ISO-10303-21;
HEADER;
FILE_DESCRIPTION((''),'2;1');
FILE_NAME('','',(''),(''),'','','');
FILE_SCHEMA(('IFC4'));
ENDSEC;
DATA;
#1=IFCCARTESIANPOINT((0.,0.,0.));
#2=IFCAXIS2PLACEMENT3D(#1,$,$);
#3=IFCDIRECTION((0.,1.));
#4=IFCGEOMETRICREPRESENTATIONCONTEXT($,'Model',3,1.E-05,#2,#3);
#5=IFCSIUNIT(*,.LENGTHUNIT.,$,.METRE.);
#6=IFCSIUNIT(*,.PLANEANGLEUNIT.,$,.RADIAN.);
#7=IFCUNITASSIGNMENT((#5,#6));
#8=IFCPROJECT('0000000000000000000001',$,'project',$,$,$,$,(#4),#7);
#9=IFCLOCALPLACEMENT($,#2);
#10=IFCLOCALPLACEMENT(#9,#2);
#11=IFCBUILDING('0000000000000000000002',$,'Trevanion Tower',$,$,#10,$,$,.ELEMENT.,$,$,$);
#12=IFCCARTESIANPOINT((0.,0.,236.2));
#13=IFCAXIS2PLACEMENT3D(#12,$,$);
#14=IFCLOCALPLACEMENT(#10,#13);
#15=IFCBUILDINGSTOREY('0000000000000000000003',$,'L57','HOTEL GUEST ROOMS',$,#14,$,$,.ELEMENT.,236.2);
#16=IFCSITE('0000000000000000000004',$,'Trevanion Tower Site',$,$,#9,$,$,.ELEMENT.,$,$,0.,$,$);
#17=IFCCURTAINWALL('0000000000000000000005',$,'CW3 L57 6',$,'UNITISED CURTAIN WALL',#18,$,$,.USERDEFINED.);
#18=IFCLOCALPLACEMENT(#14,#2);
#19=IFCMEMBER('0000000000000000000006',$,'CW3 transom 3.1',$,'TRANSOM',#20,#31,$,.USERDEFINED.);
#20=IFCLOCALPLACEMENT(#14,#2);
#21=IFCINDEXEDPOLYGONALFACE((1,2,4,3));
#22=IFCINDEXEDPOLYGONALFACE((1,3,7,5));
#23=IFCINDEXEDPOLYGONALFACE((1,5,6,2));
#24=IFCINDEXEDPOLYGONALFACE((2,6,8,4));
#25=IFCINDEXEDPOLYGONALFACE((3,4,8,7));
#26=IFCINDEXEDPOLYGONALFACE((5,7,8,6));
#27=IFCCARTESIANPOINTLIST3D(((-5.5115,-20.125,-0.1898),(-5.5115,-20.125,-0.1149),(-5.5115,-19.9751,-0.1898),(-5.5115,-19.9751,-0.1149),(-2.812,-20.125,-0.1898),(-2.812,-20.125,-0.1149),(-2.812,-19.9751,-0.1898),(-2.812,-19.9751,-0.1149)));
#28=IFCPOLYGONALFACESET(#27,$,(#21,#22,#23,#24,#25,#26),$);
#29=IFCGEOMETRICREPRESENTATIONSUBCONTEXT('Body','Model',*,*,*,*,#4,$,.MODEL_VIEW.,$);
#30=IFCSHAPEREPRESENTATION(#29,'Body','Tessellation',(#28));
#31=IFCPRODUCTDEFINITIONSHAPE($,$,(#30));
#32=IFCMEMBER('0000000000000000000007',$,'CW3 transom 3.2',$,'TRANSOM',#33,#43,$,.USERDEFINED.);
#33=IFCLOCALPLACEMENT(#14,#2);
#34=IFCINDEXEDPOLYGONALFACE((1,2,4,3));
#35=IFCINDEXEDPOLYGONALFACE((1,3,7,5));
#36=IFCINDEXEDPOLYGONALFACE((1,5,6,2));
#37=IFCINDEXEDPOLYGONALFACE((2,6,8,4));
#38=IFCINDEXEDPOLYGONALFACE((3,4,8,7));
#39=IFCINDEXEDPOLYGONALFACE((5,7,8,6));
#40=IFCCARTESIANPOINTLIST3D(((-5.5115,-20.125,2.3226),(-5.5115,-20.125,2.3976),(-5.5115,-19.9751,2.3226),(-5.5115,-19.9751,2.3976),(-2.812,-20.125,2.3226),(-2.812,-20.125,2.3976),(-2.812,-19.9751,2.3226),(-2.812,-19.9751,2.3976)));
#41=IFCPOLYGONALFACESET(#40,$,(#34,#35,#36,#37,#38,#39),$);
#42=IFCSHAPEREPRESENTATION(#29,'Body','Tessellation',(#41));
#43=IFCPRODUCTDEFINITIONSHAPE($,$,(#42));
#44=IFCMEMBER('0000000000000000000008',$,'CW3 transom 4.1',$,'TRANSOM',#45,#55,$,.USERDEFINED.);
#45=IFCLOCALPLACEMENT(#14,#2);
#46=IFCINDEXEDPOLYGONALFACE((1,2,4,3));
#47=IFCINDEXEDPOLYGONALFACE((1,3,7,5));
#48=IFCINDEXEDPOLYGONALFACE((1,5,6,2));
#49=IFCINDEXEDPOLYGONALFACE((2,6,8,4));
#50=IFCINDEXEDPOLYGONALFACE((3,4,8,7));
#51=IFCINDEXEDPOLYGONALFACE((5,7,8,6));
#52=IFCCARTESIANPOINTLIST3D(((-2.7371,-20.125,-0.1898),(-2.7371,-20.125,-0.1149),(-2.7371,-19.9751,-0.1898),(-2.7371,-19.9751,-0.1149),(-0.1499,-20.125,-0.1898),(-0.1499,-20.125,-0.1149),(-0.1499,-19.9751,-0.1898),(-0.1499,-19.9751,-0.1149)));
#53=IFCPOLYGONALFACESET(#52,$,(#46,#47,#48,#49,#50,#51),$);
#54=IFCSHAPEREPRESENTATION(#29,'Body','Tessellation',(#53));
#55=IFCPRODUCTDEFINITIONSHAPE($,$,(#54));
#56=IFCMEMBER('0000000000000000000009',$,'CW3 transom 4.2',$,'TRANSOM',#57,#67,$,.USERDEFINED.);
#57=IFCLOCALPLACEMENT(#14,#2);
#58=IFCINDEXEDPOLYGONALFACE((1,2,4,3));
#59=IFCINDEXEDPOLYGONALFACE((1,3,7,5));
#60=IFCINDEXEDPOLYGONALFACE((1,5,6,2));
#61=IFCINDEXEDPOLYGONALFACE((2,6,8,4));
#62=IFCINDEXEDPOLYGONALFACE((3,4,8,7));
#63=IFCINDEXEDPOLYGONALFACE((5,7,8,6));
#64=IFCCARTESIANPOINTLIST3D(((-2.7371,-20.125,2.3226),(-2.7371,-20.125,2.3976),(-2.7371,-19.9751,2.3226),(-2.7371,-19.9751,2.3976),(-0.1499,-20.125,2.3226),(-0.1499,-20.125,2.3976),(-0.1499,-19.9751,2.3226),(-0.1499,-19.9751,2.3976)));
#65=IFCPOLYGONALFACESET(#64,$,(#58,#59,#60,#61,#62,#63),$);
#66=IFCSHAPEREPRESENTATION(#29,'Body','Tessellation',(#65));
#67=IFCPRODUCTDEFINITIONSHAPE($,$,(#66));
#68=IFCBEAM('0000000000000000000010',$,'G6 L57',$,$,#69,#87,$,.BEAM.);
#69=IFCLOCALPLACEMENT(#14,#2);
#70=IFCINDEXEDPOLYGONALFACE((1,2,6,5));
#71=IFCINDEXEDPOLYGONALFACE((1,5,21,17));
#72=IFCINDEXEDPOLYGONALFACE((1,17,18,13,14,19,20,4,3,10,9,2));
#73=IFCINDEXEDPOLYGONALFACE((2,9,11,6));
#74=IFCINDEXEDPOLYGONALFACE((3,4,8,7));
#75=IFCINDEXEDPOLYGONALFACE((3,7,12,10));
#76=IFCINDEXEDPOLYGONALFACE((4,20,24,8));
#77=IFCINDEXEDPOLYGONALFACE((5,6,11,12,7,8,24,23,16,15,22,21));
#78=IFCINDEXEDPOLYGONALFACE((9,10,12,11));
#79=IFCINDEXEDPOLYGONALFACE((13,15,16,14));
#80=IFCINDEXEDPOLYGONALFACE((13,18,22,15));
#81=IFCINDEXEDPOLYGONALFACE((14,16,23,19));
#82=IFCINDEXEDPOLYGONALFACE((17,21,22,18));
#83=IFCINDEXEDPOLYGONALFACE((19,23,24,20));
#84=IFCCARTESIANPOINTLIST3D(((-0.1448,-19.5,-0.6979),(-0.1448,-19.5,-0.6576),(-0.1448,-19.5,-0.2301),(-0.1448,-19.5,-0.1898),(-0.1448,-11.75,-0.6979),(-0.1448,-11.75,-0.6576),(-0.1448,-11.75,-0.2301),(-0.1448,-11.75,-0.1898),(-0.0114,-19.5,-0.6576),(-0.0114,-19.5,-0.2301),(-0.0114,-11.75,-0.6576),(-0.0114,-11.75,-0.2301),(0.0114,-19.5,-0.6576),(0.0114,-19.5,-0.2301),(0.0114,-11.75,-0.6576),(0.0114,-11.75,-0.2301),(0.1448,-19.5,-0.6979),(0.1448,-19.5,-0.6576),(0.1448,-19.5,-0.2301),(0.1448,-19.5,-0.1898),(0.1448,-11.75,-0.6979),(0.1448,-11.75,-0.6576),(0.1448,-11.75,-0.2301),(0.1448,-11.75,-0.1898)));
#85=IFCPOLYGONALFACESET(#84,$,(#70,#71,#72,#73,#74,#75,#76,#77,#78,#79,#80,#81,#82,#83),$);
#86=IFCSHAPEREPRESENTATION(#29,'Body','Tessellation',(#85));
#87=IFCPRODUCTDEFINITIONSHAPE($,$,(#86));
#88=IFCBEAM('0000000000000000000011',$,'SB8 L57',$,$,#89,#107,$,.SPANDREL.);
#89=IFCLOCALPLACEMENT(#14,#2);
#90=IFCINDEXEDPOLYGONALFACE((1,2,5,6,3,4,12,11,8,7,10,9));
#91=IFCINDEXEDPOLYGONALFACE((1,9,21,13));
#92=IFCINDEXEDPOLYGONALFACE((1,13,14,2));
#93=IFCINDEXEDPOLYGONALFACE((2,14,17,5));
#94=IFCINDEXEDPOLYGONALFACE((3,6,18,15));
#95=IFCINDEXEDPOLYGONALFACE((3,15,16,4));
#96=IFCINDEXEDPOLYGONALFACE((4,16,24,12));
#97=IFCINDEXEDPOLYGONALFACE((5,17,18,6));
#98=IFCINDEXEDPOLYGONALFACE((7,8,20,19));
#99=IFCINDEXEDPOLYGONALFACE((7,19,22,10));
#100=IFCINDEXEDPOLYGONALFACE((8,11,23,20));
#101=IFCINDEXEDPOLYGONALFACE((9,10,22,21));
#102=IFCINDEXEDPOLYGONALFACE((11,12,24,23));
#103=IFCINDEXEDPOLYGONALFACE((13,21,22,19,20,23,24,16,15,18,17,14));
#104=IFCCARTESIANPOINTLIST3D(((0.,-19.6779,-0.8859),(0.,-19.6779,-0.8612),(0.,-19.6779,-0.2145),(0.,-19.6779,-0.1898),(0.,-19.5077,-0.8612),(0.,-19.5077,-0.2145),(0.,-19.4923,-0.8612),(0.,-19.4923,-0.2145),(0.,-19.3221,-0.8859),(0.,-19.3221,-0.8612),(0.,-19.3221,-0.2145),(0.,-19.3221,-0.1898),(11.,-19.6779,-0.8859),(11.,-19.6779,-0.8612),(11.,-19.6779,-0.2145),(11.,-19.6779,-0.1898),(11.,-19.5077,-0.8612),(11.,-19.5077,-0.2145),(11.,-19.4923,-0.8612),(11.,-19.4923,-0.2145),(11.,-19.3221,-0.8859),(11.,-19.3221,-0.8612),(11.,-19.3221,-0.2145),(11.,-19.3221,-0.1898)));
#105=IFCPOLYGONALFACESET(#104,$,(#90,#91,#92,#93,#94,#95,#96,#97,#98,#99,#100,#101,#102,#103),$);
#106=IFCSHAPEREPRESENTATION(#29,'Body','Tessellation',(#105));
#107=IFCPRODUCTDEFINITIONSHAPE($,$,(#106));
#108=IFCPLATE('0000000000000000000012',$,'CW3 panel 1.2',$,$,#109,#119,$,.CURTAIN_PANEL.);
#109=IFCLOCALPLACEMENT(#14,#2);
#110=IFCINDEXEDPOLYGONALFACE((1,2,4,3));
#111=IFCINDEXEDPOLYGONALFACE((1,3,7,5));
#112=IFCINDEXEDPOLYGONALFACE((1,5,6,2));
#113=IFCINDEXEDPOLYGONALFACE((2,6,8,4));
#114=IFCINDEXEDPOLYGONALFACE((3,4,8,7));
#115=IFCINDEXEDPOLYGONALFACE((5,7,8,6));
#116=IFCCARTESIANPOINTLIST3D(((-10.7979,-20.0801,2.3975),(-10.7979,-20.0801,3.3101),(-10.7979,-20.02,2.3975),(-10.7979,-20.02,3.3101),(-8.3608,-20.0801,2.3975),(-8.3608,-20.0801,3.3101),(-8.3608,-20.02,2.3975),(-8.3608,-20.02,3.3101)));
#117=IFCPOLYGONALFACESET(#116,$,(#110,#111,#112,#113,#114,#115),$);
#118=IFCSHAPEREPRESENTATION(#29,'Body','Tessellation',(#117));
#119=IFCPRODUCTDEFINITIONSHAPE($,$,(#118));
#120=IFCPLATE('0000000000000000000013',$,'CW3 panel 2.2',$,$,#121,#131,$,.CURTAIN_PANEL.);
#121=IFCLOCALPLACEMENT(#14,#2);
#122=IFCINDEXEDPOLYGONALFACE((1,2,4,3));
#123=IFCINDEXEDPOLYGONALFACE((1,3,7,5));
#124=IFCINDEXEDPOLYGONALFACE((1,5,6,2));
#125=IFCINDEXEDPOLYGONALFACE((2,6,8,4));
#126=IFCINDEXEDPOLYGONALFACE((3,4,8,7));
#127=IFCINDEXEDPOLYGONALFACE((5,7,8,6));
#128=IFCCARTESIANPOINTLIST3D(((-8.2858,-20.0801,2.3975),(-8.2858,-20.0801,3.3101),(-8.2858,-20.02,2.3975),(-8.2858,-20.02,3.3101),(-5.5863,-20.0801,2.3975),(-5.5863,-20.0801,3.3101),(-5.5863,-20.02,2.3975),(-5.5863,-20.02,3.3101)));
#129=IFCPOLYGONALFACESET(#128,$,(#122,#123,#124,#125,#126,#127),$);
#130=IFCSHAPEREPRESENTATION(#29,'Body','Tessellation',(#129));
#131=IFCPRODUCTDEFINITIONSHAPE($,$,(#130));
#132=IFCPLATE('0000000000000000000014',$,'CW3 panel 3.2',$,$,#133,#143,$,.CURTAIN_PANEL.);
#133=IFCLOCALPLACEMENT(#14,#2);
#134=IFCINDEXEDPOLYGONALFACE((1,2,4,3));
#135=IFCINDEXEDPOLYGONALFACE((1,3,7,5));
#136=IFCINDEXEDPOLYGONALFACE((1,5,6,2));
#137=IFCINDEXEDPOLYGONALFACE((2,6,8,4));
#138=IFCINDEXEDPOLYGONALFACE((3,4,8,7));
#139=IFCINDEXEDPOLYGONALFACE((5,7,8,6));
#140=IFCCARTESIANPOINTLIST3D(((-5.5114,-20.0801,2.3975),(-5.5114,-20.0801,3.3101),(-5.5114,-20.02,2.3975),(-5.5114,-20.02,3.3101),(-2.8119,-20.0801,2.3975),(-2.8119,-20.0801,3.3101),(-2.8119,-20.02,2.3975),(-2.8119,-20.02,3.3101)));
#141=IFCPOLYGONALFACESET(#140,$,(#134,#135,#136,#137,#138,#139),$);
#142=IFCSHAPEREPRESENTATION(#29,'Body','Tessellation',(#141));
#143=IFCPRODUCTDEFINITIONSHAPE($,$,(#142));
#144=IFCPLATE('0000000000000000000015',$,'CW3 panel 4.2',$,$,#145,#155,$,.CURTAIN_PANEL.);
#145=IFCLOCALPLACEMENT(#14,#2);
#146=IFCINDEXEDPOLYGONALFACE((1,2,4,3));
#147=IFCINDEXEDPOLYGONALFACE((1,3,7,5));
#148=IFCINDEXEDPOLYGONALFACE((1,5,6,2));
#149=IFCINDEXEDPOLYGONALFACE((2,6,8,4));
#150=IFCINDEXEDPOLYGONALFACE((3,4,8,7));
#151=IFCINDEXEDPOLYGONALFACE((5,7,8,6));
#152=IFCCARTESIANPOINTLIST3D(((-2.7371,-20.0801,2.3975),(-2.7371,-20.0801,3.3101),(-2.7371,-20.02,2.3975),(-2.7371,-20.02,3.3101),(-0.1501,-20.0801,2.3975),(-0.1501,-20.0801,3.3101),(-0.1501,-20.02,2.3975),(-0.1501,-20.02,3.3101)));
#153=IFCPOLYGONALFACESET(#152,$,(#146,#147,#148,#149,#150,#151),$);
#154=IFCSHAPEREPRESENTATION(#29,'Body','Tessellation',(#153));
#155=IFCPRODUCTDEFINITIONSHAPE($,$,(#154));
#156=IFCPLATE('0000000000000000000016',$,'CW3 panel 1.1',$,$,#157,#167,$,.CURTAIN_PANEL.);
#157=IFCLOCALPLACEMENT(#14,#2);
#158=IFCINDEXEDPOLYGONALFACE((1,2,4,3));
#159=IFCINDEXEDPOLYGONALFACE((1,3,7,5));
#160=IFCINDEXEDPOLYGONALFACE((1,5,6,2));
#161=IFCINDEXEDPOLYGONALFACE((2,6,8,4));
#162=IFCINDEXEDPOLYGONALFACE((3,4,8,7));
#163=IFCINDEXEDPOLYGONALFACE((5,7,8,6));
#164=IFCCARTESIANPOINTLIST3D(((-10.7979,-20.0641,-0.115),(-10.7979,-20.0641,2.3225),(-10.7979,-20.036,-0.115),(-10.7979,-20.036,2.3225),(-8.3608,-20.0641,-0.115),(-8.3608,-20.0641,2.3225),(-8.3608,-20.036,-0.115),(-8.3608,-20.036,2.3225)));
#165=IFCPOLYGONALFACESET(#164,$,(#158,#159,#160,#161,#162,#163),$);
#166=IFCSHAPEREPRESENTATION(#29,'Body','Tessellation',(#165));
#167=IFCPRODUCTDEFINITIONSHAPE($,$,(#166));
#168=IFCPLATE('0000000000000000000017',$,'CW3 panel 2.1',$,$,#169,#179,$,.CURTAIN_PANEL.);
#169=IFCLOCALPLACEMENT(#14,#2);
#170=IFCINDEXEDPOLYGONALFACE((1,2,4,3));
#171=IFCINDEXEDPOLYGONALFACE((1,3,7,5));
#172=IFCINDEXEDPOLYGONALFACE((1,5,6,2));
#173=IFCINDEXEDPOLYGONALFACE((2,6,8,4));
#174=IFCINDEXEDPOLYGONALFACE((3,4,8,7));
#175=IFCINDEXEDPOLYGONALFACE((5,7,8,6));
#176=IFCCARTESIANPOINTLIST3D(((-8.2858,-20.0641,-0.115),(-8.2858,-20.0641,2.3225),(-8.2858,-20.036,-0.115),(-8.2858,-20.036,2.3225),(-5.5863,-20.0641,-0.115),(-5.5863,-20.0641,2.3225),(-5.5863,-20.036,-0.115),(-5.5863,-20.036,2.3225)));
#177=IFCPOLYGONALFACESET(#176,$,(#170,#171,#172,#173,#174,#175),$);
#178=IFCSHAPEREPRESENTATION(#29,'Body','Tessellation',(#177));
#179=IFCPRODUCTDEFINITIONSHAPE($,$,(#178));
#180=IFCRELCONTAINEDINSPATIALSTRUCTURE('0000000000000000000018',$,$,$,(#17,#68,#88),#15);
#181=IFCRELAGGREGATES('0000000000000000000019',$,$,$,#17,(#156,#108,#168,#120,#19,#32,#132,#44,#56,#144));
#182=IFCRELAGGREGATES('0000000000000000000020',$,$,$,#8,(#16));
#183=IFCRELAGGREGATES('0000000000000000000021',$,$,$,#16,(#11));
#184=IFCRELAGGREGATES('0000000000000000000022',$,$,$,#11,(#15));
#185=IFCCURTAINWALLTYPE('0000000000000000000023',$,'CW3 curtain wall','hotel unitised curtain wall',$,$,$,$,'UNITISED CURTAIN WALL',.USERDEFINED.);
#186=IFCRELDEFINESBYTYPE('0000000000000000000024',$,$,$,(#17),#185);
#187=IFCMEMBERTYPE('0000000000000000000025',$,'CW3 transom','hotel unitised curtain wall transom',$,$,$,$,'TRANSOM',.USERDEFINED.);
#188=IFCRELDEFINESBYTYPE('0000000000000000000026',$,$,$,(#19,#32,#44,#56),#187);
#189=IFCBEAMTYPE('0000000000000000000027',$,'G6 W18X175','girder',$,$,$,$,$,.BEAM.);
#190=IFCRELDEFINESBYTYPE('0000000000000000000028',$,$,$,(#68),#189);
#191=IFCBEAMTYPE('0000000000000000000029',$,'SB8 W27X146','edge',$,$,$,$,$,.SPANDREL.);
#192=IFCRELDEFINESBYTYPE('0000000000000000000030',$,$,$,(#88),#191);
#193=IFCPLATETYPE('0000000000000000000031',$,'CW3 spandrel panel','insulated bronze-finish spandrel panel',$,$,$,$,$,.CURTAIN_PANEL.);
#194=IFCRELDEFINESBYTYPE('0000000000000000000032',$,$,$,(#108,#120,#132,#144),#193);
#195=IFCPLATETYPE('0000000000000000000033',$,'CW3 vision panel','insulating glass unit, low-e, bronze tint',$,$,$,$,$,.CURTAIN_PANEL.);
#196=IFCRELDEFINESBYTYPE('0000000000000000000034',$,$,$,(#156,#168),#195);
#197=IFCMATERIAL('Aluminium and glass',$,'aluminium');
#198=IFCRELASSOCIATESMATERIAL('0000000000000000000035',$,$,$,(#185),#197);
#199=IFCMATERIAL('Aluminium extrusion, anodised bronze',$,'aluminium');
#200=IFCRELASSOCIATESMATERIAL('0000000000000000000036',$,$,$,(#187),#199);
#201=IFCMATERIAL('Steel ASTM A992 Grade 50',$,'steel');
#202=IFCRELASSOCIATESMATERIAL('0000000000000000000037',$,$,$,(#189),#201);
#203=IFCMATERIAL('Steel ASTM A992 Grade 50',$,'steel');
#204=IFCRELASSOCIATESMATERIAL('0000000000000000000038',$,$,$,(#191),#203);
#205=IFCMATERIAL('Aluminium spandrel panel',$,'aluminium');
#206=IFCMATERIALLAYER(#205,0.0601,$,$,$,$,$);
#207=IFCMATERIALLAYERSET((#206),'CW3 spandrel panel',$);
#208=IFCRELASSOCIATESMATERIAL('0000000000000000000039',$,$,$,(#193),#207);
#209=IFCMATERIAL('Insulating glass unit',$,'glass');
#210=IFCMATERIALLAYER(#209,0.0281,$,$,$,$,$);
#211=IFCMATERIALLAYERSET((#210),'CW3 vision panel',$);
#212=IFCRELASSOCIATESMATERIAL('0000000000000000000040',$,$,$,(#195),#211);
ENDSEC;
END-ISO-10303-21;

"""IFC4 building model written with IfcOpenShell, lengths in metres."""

from ifc_helpers import new_model, si_unit, direction, frame, origin, origin_2d, place, context, subcontext, project, spatial, rectangle, i_section, extrude, material, layer, layer_set, material_profile, profile_set, type_object, element, aggregate, save


model = new_model("IFC4")

# Units and contexts
model_context = context("Model", 3, precision=1e-05, world=origin(), true_north=direction((0.0, 1.0)))
body_context = subcontext(model_context, "Body", "Model", "MODEL_VIEW")
ifc_project = project(units=[si_unit("LENGTHUNIT", "METRE"), si_unit("PLANEANGLEUNIT", "RADIAN")], contexts=[model_context])

# Site, building, storey
site_placement = place(None, origin())
site = spatial("IfcSite", under=ifc_project, at=site_placement, Name="Trevanion Tower Site", CompositionType="ELEMENT", RefElevation=0.0)
building_placement = place(site_placement, origin())
building = spatial("IfcBuilding", under=site, at=building_placement, Name="Trevanion Tower", CompositionType="ELEMENT")
storey_placement = place(building_placement, frame((0.0, 0.0, 236.2)))
storey = spatial("IfcBuildingStorey", under=building, at=storey_placement, Name="L57", Description="HOTEL GUEST ROOMS", CompositionType="ELEMENT", Elevation=236.2)

# Curtain wall, members
ifc_material_1 = material(Name="Aluminium and glass", Category="aluminium")
curtain_wall_type = type_object("IfcCurtainWallType", Name="CW3 curtain wall", Description="hotel unitised curtain wall", ElementType="UNITISED CURTAIN WALL", PredefinedType="USERDEFINED", material=ifc_material_1)
curtain_wall_placement = place(storey_placement, origin())
curtain_wall = element("IfcCurtainWall", 1, at=curtain_wall_placement, inside=storey, type_object=curtain_wall_type, Name="CW3 L57 6", ObjectType="UNITISED CURTAIN WALL", PredefinedType="USERDEFINED")
ifc_material_2 = material(Name="Aluminium extrusion, anodised bronze", Category="aluminium")
ifc_material_profile_1 = material_profile(ifc_material_2, rectangle(XDim=0.1499, YDim=0.075, at=origin_2d()), Name="CW3 transom")
ifc_profile_set_1 = profile_set([ifc_material_profile_1], Name="Aluminium extrusion, anodised bronze")
member_type_1 = type_object("IfcMemberType", Name="CW3 transom", Description="hotel unitised curtain wall transom", ElementType="TRANSOM", PredefinedType="USERDEFINED", material=ifc_profile_set_1)
member_1_placement = place(storey_placement, frame((-5.5115, -20.05, -0.1523), z_axis=(1.0, 0.0, 0.0), x_axis=(0.0, 1.0, 0.0)))
member_1 = element("IfcMember", 2, at=member_1_placement, type_object=member_type_1, Name="CW3 transom 3.1", ObjectType="TRANSOM", PredefinedType="USERDEFINED", context=body_context, shape_type="SweptSolid", body=[
    extrude(rectangle(XDim=0.1499, YDim=0.075, at=origin_2d()), origin(), (0.0, 0.0, 1.0), 2.6995),
])
member_2_placement = place(storey_placement, frame((-5.5115, -20.05, 2.3601), z_axis=(1.0, 0.0, 0.0), x_axis=(0.0, 1.0, 0.0)))
member_2 = element("IfcMember", 3, at=member_2_placement, type_object=member_type_1, Name="CW3 transom 3.2", ObjectType="TRANSOM", PredefinedType="USERDEFINED", context=body_context, shape_type="SweptSolid", body=[
    extrude(rectangle(XDim=0.1499, YDim=0.075, at=origin_2d()), origin(), (0.0, 0.0, 1.0), 2.6995),
])
member_3_placement = place(storey_placement, frame((-2.7371, -20.05, -0.1523), z_axis=(1.0, 0.0, 0.0), x_axis=(0.0, 1.0, 0.0)))
member_3 = element("IfcMember", 4, at=member_3_placement, type_object=member_type_1, Name="CW3 transom 4.1", ObjectType="TRANSOM", PredefinedType="USERDEFINED", context=body_context, shape_type="SweptSolid", body=[
    extrude(rectangle(XDim=0.1499, YDim=0.075, at=origin_2d()), origin(), (0.0, 0.0, 1.0), 2.5872),
])
member_4_placement = place(storey_placement, frame((-2.7371, -20.05, 2.3601), z_axis=(1.0, 0.0, 0.0), x_axis=(0.0, 1.0, 0.0)))
member_4 = element("IfcMember", 5, at=member_4_placement, type_object=member_type_1, Name="CW3 transom 4.2", ObjectType="TRANSOM", PredefinedType="USERDEFINED", context=body_context, shape_type="SweptSolid", body=[
    extrude(rectangle(XDim=0.1499, YDim=0.075, at=origin_2d()), origin(), (0.0, 0.0, 1.0), 2.5872),
])

# Beams
ifc_material_3 = material(Name="Steel ASTM A992 Grade 50", Category="steel")
ifc_material_profile_2 = material_profile(ifc_material_3, i_section(OverallWidth=0.2896, OverallDepth=0.5081, WebThickness=0.0227, FlangeThickness=0.0403, at=origin_2d()), Name="W18X175")
ifc_profile_set_2 = profile_set([ifc_material_profile_2], Name="Steel ASTM A992 Grade 50")
beam_type_1 = type_object("IfcBeamType", Name="G6 W18X175", Description="girder", PredefinedType="BEAM", material=ifc_profile_set_2)
beam_1_placement = place(storey_placement, frame((0.0, -11.75, -0.4438), z_axis=(0.0, -1.0, 0.0), x_axis=(1.0, 0.0, 0.0)))
element("IfcBeam", 6, at=beam_1_placement, inside=storey, type_object=beam_type_1, Name="G6 L57", PredefinedType="BEAM", context=body_context, shape_type="SweptSolid", body=[
    extrude(i_section(OverallWidth=0.2896, OverallDepth=0.5081, WebThickness=0.0227, FlangeThickness=0.0403, at=origin_2d()), origin(), (0.0, 0.0, 1.0), 7.75),
])
ifc_material_4 = material(Name="Steel ASTM A992 Grade 50", Category="steel")
ifc_material_profile_3 = material_profile(ifc_material_4, i_section(OverallWidth=0.3557, OverallDepth=0.696, WebThickness=0.0154, FlangeThickness=0.0247, at=origin_2d()), Name="W27X146")
ifc_profile_set_3 = profile_set([ifc_material_profile_3], Name="Steel ASTM A992 Grade 50")
beam_type_2 = type_object("IfcBeamType", Name="SB8 W27X146", Description="edge", PredefinedType="SPANDREL", material=ifc_profile_set_3)
beam_2_placement = place(storey_placement, frame((0.0, -19.5, -0.5378), z_axis=(1.0, 0.0, 0.0), x_axis=(0.0, 1.0, 0.0)))
element("IfcBeam", 7, at=beam_2_placement, inside=storey, type_object=beam_type_2, Name="SB8 L57", PredefinedType="SPANDREL", context=body_context, shape_type="SweptSolid", body=[
    extrude(i_section(OverallWidth=0.3557, OverallDepth=0.696, WebThickness=0.0154, FlangeThickness=0.0247, at=origin_2d()), origin(), (0.0, 0.0, 1.0), 11.0),
])

# Plates
ifc_material_5 = material(Name="Aluminium spandrel panel", Category="aluminium")
ifc_layer_1 = layer(ifc_material_5, 0.0601)
ifc_layer_set_1 = layer_set([ifc_layer_1], Name="CW3 spandrel panel")
plate_type_1 = type_object("IfcPlateType", Name="CW3 spandrel panel", Description="insulated bronze-finish spandrel panel", PredefinedType="CURTAIN_PANEL", material=ifc_layer_set_1)
plate_1_placement = place(storey_placement, frame((-9.5793, -20.05, 2.3975), z_axis=(0.0, 0.0, 1.0), x_axis=(1.0, 0.0, 0.0)))
plate_1 = element("IfcPlate", 8, at=plate_1_placement, type_object=plate_type_1, Name="CW3 panel 1.2", PredefinedType="CURTAIN_PANEL", context=body_context, shape_type="SweptSolid", body=[
    extrude(rectangle(XDim=2.437, YDim=0.0601, at=origin_2d()), origin(), (0.0, 0.0, 1.0), 0.9126),
])
plate_2_placement = place(storey_placement, frame((-6.936, -20.05, 2.3975), z_axis=(0.0, 0.0, 1.0), x_axis=(1.0, 0.0, 0.0)))
plate_2 = element("IfcPlate", 9, at=plate_2_placement, type_object=plate_type_1, Name="CW3 panel 2.2", PredefinedType="CURTAIN_PANEL", context=body_context, shape_type="SweptSolid", body=[
    extrude(rectangle(XDim=2.6995, YDim=0.0601, at=origin_2d()), origin(), (0.0, 0.0, 1.0), 0.9126),
])
plate_3_placement = place(storey_placement, frame((-4.1616, -20.05, 2.3975), z_axis=(0.0, 0.0, 1.0), x_axis=(1.0, 0.0, 0.0)))
plate_3 = element("IfcPlate", 10, at=plate_3_placement, type_object=plate_type_1, Name="CW3 panel 3.2", PredefinedType="CURTAIN_PANEL", context=body_context, shape_type="SweptSolid", body=[
    extrude(rectangle(XDim=2.6995, YDim=0.0601, at=origin_2d()), origin(), (0.0, 0.0, 1.0), 0.9126),
])
plate_4_placement = place(storey_placement, frame((-1.4436, -20.05, 2.3975), z_axis=(0.0, 0.0, 1.0), x_axis=(1.0, 0.0, 0.0)))
plate_4 = element("IfcPlate", 11, at=plate_4_placement, type_object=plate_type_1, Name="CW3 panel 4.2", PredefinedType="CURTAIN_PANEL", context=body_context, shape_type="SweptSolid", body=[
    extrude(rectangle(XDim=2.5869, YDim=0.0601, at=origin_2d()), origin(), (0.0, 0.0, 1.0), 0.9126),
])
ifc_material_6 = material(Name="Insulating glass unit", Category="glass")
ifc_layer_2 = layer(ifc_material_6, 0.0281)
ifc_layer_set_2 = layer_set([ifc_layer_2], Name="CW3 vision panel")
plate_type_2 = type_object("IfcPlateType", Name="CW3 vision panel", Description="insulating glass unit, low-e, bronze tint", PredefinedType="CURTAIN_PANEL", material=ifc_layer_set_2)
plate_5_placement = place(storey_placement, frame((-9.5793, -20.05, -0.115), z_axis=(0.0, 0.0, 1.0), x_axis=(1.0, 0.0, 0.0)))
plate_5 = element("IfcPlate", 12, at=plate_5_placement, type_object=plate_type_2, Name="CW3 panel 1.1", PredefinedType="CURTAIN_PANEL", context=body_context, shape_type="SweptSolid", body=[
    extrude(rectangle(XDim=2.437, YDim=0.0281, at=origin_2d()), origin(), (0.0, 0.0, 1.0), 2.4375),
])
plate_6_placement = place(storey_placement, frame((-6.936, -20.05, -0.115), z_axis=(0.0, 0.0, 1.0), x_axis=(1.0, 0.0, 0.0)))
plate_6 = element("IfcPlate", 13, at=plate_6_placement, type_object=plate_type_2, Name="CW3 panel 2.1", PredefinedType="CURTAIN_PANEL", context=body_context, shape_type="SweptSolid", body=[
    extrude(rectangle(XDim=2.6995, YDim=0.0281, at=origin_2d()), origin(), (0.0, 0.0, 1.0), 2.4375),
])
aggregate(curtain_wall, [plate_5, plate_1, plate_6, plate_2, member_1, member_2, plate_3, member_3, member_4, plate_4])

save(model, "model.ifc")
